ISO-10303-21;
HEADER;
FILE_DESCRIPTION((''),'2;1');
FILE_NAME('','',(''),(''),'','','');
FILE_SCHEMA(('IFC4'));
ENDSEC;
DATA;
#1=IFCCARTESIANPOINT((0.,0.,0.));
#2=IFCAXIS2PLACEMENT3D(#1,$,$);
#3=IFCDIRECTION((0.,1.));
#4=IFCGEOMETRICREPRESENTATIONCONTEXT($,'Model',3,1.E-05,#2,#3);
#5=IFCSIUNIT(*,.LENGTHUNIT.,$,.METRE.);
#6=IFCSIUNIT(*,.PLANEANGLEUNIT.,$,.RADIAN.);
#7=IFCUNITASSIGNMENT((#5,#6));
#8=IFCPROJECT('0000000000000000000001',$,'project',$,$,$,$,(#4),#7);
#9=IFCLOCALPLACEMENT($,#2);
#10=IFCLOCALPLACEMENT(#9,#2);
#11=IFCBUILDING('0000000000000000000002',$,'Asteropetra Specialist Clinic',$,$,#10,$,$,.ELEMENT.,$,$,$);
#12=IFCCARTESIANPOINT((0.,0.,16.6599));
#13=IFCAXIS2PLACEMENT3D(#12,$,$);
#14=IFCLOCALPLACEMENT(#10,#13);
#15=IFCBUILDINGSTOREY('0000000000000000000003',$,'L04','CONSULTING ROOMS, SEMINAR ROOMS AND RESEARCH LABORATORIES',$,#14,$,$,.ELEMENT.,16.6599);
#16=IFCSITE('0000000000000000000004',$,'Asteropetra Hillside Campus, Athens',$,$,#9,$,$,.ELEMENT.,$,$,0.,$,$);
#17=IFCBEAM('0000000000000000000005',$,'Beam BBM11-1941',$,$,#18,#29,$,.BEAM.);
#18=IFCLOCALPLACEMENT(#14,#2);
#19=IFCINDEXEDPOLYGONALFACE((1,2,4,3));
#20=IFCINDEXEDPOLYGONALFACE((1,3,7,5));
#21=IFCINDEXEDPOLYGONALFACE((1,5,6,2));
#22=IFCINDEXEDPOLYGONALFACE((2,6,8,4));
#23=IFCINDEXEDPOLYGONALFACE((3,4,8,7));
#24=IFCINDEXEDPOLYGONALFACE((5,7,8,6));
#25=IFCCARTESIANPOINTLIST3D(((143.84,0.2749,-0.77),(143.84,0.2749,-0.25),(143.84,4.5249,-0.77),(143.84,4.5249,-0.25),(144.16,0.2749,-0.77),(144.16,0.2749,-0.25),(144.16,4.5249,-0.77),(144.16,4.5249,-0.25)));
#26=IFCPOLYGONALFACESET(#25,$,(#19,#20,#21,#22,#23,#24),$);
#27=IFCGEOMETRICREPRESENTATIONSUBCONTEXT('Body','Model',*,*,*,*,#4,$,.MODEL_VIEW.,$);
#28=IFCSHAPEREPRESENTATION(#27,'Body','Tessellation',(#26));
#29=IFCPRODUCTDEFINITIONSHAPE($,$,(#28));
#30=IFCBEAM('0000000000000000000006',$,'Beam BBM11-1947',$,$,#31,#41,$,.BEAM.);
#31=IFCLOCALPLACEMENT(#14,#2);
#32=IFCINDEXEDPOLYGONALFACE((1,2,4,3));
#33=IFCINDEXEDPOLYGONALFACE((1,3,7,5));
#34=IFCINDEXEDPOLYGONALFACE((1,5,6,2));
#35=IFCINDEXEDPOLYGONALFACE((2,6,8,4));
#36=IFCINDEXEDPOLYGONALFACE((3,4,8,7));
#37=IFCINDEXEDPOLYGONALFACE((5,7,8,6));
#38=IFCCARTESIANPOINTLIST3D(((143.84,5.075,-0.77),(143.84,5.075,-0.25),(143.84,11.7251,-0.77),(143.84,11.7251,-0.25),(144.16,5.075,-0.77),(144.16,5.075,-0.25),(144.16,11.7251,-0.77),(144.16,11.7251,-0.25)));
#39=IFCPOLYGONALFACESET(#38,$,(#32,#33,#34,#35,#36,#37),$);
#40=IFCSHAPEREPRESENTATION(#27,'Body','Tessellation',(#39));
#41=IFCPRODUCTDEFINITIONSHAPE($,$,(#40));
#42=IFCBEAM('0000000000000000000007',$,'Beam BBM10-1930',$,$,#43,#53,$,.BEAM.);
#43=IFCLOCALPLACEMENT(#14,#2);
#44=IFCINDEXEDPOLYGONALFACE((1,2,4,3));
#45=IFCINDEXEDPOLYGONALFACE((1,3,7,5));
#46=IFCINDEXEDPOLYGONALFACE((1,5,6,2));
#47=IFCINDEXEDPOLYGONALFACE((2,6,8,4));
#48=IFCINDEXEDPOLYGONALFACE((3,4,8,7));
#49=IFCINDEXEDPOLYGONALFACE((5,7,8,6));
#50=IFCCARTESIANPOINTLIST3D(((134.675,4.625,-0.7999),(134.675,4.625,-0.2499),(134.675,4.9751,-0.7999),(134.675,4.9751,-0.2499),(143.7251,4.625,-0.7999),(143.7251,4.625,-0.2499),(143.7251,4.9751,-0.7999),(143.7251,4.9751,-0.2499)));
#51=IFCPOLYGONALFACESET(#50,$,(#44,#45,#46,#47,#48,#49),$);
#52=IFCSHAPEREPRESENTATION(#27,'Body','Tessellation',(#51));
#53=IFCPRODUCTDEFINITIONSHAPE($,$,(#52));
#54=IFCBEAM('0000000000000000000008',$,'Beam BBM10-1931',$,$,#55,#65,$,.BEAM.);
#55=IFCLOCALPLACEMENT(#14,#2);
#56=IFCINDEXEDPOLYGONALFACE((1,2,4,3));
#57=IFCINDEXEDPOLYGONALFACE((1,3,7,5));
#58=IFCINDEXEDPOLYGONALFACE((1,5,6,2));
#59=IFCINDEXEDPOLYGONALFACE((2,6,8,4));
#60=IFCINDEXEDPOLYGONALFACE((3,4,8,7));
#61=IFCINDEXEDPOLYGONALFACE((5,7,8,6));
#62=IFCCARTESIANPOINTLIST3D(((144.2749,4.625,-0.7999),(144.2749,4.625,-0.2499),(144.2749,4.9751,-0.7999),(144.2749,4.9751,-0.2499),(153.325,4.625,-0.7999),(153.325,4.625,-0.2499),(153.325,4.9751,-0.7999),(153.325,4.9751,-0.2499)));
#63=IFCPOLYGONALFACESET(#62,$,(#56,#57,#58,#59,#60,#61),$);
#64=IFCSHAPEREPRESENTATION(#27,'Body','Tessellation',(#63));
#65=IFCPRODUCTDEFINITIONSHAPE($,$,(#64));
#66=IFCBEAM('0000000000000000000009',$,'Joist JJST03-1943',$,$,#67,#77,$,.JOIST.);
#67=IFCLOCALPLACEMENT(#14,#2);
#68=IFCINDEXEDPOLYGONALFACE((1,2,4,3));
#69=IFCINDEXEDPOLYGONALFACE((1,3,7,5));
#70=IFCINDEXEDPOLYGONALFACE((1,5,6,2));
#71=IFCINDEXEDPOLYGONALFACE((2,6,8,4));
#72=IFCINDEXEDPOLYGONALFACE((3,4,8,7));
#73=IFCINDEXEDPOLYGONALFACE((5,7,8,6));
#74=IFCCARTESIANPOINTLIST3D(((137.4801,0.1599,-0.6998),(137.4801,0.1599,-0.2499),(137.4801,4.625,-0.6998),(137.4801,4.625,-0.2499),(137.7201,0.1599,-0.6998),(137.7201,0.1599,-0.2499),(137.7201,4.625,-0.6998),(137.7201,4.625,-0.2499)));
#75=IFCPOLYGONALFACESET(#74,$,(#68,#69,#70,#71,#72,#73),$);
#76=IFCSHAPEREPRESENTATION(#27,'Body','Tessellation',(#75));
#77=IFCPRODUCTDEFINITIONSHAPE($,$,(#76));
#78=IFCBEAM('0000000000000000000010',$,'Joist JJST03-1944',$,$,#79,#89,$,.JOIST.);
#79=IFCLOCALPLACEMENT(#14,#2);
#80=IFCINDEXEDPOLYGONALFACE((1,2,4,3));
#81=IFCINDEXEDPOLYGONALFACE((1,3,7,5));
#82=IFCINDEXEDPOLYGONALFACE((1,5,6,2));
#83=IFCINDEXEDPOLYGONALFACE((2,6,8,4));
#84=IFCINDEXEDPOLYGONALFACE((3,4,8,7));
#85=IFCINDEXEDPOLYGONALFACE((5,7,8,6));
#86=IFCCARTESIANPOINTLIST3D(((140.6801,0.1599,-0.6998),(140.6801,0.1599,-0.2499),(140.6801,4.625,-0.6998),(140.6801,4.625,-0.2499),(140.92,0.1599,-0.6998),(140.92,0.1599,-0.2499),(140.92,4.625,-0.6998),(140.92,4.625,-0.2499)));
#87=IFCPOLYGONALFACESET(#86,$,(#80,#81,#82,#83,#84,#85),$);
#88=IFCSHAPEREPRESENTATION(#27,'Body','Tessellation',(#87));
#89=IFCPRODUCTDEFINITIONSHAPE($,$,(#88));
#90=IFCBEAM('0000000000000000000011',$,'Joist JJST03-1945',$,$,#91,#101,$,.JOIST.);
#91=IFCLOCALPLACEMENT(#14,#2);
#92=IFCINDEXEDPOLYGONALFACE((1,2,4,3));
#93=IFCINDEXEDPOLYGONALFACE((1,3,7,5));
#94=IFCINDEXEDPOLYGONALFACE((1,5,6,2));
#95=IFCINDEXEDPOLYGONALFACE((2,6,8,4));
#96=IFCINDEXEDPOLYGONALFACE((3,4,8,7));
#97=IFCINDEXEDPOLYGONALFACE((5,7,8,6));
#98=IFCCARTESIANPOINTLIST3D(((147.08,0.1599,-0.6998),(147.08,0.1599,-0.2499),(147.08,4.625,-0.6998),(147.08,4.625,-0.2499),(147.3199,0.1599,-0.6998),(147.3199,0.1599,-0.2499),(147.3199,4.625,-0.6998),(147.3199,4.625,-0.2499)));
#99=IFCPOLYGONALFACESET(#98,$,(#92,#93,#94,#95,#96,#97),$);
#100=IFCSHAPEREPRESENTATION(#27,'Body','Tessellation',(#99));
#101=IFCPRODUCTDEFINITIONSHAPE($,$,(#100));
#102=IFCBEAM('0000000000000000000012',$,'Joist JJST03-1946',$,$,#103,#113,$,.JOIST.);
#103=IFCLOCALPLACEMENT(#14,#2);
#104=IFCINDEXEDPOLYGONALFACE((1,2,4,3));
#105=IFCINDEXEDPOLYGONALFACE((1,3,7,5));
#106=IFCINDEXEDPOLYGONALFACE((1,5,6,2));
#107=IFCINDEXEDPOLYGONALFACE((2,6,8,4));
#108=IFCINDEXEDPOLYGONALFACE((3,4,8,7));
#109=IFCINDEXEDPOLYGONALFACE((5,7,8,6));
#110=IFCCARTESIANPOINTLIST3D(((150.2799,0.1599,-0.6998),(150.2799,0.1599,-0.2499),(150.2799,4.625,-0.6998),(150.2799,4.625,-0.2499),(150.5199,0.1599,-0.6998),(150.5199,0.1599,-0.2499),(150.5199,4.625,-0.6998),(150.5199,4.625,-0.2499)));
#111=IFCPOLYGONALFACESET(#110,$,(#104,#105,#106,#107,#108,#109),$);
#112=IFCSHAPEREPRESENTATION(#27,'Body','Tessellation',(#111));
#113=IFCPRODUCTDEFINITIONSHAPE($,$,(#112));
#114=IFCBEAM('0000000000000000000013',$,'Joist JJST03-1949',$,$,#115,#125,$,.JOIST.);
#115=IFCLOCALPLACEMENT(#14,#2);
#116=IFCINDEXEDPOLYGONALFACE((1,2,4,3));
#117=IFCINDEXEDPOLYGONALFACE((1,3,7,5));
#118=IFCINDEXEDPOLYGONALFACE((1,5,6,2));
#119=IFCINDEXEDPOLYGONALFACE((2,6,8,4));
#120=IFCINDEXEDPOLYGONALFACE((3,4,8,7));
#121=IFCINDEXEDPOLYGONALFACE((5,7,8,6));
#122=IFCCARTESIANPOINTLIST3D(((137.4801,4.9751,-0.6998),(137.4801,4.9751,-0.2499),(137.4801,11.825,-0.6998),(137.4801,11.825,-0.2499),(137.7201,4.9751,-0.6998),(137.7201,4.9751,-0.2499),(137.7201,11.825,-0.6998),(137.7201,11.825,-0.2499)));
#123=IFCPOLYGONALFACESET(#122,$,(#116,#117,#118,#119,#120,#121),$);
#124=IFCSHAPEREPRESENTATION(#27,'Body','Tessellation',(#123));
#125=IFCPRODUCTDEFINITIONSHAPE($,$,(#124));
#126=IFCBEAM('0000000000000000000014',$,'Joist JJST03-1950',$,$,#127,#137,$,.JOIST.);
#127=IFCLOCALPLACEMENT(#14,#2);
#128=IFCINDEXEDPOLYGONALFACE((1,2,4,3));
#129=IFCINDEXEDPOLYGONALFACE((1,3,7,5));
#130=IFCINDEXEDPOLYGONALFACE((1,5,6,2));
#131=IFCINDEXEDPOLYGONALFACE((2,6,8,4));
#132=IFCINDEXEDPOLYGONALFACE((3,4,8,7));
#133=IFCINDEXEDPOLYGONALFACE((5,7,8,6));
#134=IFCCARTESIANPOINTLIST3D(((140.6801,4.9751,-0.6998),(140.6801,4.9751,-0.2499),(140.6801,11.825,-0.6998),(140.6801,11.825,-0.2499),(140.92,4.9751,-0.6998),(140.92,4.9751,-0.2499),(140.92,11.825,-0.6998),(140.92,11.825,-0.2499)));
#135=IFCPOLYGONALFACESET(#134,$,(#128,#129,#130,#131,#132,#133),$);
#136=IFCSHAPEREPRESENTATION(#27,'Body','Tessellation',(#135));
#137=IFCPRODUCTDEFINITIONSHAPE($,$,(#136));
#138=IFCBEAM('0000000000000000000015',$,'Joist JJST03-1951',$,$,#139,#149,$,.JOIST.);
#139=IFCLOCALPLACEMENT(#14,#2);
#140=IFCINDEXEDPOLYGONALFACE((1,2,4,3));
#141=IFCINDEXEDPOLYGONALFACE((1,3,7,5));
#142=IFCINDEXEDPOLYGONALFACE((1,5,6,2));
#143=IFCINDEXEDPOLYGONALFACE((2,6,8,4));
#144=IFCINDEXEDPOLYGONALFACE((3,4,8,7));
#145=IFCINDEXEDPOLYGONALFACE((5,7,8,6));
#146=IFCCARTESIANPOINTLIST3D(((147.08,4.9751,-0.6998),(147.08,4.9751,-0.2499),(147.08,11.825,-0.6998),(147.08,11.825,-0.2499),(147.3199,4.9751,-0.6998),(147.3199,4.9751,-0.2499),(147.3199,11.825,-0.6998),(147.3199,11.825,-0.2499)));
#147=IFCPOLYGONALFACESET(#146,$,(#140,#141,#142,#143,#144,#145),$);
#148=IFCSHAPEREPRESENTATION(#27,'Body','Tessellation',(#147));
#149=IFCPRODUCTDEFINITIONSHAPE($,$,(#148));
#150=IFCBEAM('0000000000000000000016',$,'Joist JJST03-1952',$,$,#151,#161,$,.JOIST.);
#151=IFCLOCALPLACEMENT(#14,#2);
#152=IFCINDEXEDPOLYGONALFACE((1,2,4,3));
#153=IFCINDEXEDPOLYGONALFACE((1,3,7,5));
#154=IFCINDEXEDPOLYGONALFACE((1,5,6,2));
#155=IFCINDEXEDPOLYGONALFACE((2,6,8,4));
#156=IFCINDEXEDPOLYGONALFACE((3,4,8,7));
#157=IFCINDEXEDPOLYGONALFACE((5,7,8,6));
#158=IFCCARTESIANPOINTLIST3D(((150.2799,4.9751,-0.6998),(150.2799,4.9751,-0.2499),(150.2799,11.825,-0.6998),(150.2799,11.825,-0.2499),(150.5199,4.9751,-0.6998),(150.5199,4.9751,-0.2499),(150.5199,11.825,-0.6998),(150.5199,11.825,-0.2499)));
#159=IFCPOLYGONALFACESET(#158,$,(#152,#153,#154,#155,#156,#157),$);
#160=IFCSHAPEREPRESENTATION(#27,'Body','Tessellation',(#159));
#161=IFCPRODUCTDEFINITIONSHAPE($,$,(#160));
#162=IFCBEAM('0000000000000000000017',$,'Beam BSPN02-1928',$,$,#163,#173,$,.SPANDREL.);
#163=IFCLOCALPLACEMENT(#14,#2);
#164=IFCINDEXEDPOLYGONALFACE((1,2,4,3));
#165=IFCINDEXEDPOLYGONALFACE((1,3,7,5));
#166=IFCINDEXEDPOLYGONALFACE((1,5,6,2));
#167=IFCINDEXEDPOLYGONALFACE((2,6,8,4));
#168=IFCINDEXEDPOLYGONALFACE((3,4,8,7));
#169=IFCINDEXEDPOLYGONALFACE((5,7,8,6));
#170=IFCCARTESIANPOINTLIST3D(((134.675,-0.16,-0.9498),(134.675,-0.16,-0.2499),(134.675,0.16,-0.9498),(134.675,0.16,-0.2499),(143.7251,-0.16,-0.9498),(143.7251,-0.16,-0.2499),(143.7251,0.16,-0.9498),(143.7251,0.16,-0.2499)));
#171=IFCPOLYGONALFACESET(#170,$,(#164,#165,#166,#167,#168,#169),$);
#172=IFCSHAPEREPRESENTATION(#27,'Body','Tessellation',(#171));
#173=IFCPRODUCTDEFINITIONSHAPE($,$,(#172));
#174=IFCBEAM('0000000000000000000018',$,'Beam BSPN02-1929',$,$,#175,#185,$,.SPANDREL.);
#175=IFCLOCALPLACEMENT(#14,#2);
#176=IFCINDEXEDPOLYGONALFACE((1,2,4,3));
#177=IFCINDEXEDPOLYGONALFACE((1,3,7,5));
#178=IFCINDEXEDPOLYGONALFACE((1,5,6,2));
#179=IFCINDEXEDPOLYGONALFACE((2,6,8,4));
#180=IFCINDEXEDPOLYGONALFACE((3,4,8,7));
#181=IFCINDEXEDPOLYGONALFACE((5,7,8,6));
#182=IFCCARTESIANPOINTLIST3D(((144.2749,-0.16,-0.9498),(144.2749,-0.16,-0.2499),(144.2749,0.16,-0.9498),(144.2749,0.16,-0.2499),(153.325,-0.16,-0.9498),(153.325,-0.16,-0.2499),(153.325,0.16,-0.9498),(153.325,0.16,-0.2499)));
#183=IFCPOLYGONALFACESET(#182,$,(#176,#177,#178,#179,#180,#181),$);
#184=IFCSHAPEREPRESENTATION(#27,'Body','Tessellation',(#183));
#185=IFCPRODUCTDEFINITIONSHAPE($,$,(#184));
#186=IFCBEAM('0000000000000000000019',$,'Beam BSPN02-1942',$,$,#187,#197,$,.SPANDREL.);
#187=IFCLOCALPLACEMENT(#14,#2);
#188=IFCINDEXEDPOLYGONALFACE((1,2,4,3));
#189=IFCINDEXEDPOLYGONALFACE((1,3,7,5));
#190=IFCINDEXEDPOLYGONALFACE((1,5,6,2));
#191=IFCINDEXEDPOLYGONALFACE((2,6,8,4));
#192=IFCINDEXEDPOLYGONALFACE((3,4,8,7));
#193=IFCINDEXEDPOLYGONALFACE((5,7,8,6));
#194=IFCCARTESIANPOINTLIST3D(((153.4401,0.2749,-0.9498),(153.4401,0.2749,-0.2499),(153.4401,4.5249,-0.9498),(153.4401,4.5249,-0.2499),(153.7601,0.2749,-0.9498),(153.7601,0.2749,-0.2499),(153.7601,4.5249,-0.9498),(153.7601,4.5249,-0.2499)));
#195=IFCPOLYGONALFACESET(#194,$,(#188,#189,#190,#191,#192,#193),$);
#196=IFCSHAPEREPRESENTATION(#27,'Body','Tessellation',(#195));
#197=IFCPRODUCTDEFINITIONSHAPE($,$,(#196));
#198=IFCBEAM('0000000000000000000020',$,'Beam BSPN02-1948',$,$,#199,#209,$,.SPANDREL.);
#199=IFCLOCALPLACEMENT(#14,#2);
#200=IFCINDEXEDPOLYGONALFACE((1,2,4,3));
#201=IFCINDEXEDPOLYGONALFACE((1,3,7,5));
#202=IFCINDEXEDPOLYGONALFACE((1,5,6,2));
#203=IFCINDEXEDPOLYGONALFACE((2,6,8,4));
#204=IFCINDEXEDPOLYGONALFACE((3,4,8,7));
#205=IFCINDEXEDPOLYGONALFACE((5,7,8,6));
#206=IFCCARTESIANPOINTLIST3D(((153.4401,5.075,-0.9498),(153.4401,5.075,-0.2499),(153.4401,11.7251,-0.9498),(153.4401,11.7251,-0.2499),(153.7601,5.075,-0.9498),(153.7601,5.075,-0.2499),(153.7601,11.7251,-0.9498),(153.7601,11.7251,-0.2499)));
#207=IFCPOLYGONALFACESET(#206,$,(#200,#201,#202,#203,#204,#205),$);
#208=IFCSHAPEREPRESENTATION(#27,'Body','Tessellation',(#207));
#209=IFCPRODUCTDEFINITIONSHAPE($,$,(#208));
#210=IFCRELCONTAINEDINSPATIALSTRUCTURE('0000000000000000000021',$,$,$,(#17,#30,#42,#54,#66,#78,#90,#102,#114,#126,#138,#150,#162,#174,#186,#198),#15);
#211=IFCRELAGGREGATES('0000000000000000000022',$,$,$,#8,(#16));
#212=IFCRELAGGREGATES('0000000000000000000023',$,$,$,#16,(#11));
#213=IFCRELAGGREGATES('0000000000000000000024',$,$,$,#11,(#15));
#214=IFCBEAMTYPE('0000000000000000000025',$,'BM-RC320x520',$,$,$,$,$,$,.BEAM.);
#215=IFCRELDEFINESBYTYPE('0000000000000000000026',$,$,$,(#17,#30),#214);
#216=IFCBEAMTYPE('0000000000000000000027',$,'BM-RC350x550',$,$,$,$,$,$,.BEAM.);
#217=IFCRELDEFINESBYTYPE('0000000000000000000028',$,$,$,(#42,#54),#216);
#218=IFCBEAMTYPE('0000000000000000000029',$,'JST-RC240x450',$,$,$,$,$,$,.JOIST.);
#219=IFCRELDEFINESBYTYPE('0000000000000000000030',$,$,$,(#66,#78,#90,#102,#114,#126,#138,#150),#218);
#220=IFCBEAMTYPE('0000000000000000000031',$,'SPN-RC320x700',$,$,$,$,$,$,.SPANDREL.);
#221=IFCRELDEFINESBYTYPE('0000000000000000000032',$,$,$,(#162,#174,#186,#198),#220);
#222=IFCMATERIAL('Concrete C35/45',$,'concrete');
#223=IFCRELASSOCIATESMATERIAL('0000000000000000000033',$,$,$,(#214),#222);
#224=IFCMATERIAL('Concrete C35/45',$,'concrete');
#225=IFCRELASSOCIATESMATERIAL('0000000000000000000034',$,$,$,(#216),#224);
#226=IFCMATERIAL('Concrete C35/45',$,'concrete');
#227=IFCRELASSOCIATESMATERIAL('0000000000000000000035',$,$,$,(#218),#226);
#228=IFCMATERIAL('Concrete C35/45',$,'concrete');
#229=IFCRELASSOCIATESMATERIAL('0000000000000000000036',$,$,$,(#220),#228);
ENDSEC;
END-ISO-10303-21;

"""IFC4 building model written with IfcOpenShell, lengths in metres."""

from ifc_helpers import new_model, si_unit, direction, frame, origin, origin_2d, place, context, subcontext, project, spatial, rectangle, extrude, material, material_profile, profile_set, type_object, element, save


model = new_model("IFC4")

# Units and contexts
model_context = context("Model", 3, precision=1e-05, world=origin(), true_north=direction((0.0, 1.0)))
body_context = subcontext(model_context, "Body", "Model", "MODEL_VIEW")
ifc_project = project(units=[si_unit("LENGTHUNIT", "METRE"), si_unit("PLANEANGLEUNIT", "RADIAN")], contexts=[model_context])

# Site, building, storey
site_placement = place(None, origin())
site = spatial("IfcSite", under=ifc_project, at=site_placement, Name="Asteropetra Hillside Campus, Athens", CompositionType="ELEMENT", RefElevation=0.0)
building_placement = place(site_placement, origin())
building = spatial("IfcBuilding", under=site, at=building_placement, Name="Asteropetra Specialist Clinic", CompositionType="ELEMENT")
storey_placement = place(building_placement, frame((0.0, 0.0, 16.6599)))
storey = spatial("IfcBuildingStorey", under=building, at=storey_placement, Name="L04", Description="CONSULTING ROOMS, SEMINAR ROOMS AND RESEARCH LABORATORIES", CompositionType="ELEMENT", Elevation=16.6599)

# Beams
ifc_material_1 = material(Name="Concrete C35/45", Category="concrete")
ifc_material_profile_1 = material_profile(ifc_material_1, rectangle(XDim=0.3201, YDim=0.52, at=origin_2d()), Name="RCB 320x520")
ifc_profile_set_1 = profile_set([ifc_material_profile_1], Name="Concrete C35/45")
beam_type_1 = type_object("IfcBeamType", Name="BM-RC320x520", PredefinedType="BEAM", material=ifc_profile_set_1)
beam_1_placement = place(storey_placement, frame((144.0, 0.2749, -0.51), z_axis=(0.0, 1.0, 0.0), x_axis=(-1.0, 0.0, 0.0)))
element("IfcBeam", 1, at=beam_1_placement, inside=storey, type_object=beam_type_1, Name="Beam BBM11-1941", PredefinedType="BEAM", context=body_context, shape_type="SweptSolid", body=[
    extrude(rectangle(XDim=0.3201, YDim=0.52, at=origin_2d()), origin(), (0.0, 0.0, 1.0), 4.25),
])
beam_2_placement = place(storey_placement, frame((144.0, 5.075, -0.51), z_axis=(0.0, 1.0, 0.0), x_axis=(-1.0, 0.0, 0.0)))
element("IfcBeam", 2, at=beam_2_placement, inside=storey, type_object=beam_type_1, Name="Beam BBM11-1947", PredefinedType="BEAM", context=body_context, shape_type="SweptSolid", body=[
    extrude(rectangle(XDim=0.3201, YDim=0.52, at=origin_2d()), origin(), (0.0, 0.0, 1.0), 6.6501),
])
ifc_material_2 = material(Name="Concrete C35/45", Category="concrete")
ifc_material_profile_2 = material_profile(ifc_material_2, rectangle(XDim=0.3501, YDim=0.55, at=origin_2d()), Name="RCB 350x550")
ifc_profile_set_2 = profile_set([ifc_material_profile_2], Name="Concrete C35/45")
beam_type_2 = type_object("IfcBeamType", Name="BM-RC350x550", PredefinedType="BEAM", material=ifc_profile_set_2)
for number, where, z_axis, x_axis, name in (
    (3, (134.675, 4.8, -0.5249), (1.0, 0.0, 0.0), (0.0, 1.0, 0.0), "Beam BBM10-1930"),
    (4, (144.2749, 4.8, -0.5249), (1.0, 0.0, 0.0), (0.0, 1.0, 0.0), "Beam BBM10-1931"),
):
    element("IfcBeam", number, at=place(storey_placement, frame(where, z_axis=z_axis, x_axis=x_axis)), inside=storey, type_object=beam_type_2, Name=name, PredefinedType="BEAM", context=body_context, shape_type="SweptSolid", body=[
        extrude(rectangle(XDim=0.3501, YDim=0.55, at=origin_2d()), origin(), (0.0, 0.0, 1.0), 9.05),
    ])
ifc_material_3 = material(Name="Concrete C35/45", Category="concrete")
ifc_material_profile_3 = material_profile(ifc_material_3, rectangle(XDim=0.24, YDim=0.45, at=origin_2d()), Name="RCJ 240x450")
ifc_profile_set_3 = profile_set([ifc_material_profile_3], Name="Concrete C35/45")
beam_type_3 = type_object("IfcBeamType", Name="JST-RC240x450", PredefinedType="JOIST", material=ifc_profile_set_3)
for number, where, z_axis, x_axis, name in (
    (5, (137.6001, 0.1599, -0.4749), (0.0, 1.0, 0.0), (-1.0, 0.0, 0.0), "Joist JJST03-1943"),
    (6, (140.8, 0.1599, -0.4749), (0.0, 1.0, 0.0), (-1.0, 0.0, 0.0), "Joist JJST03-1944"),
    (7, (147.2, 0.1599, -0.4749), (0.0, 1.0, 0.0), (-1.0, 0.0, 0.0), "Joist JJST03-1945"),
    (8, (150.3999, 0.1599, -0.4749), (0.0, 1.0, 0.0), (-1.0, 0.0, 0.0), "Joist JJST03-1946"),
):
    element("IfcBeam", number, at=place(storey_placement, frame(where, z_axis=z_axis, x_axis=x_axis)), inside=storey, type_object=beam_type_3, Name=name, PredefinedType="JOIST", context=body_context, shape_type="SweptSolid", body=[
        extrude(rectangle(XDim=0.24, YDim=0.45, at=origin_2d()), origin(), (0.0, 0.0, 1.0), 4.4651),
    ])
for number, where, z_axis, x_axis, name in (
    (9, (137.6001, 4.9751, -0.4749), (0.0, 1.0, 0.0), (-1.0, 0.0, 0.0), "Joist JJST03-1949"),
    (10, (140.8, 4.9751, -0.4749), (0.0, 1.0, 0.0), (-1.0, 0.0, 0.0), "Joist JJST03-1950"),
    (11, (147.2, 4.9751, -0.4749), (0.0, 1.0, 0.0), (-1.0, 0.0, 0.0), "Joist JJST03-1951"),
    (12, (150.3999, 4.9751, -0.4749), (0.0, 1.0, 0.0), (-1.0, 0.0, 0.0), "Joist JJST03-1952"),
):
    element("IfcBeam", number, at=place(storey_placement, frame(where, z_axis=z_axis, x_axis=x_axis)), inside=storey, type_object=beam_type_3, Name=name, PredefinedType="JOIST", context=body_context, shape_type="SweptSolid", body=[
        extrude(rectangle(XDim=0.24, YDim=0.45, at=origin_2d()), origin(), (0.0, 0.0, 1.0), 6.8499),
    ])
ifc_material_4 = material(Name="Concrete C35/45", Category="concrete")
ifc_material_profile_4 = material_profile(ifc_material_4, rectangle(XDim=0.3201, YDim=0.7, at=origin_2d()), Name="RCS 320x700")
ifc_profile_set_4 = profile_set([ifc_material_profile_4], Name="Concrete C35/45")
beam_type_4 = type_object("IfcBeamType", Name="SPN-RC320x700", PredefinedType="SPANDREL", material=ifc_profile_set_4)
for number, where, z_axis, x_axis, name in (
    (13, (134.675, 0.0, -0.5999), (1.0, 0.0, 0.0), (0.0, 1.0, 0.0), "Beam BSPN02-1928"),
    (14, (144.2749, 0.0, -0.5999), (1.0, 0.0, 0.0), (0.0, 1.0, 0.0), "Beam BSPN02-1929"),
):
    element("IfcBeam", number, at=place(storey_placement, frame(where, z_axis=z_axis, x_axis=x_axis)), inside=storey, type_object=beam_type_4, Name=name, PredefinedType="SPANDREL", context=body_context, shape_type="SweptSolid", body=[
        extrude(rectangle(XDim=0.3201, YDim=0.7, at=origin_2d()), origin(), (0.0, 0.0, 1.0), 9.05),
    ])
beam_3_placement = place(storey_placement, frame((153.6001, 0.2749, -0.5999), z_axis=(0.0, 1.0, 0.0), x_axis=(-1.0, 0.0, 0.0)))
element("IfcBeam", 15, at=beam_3_placement, inside=storey, type_object=beam_type_4, Name="Beam BSPN02-1942", PredefinedType="SPANDREL", context=body_context, shape_type="SweptSolid", body=[
    extrude(rectangle(XDim=0.3201, YDim=0.7, at=origin_2d()), origin(), (0.0, 0.0, 1.0), 4.25),
])
beam_4_placement = place(storey_placement, frame((153.6001, 5.075, -0.5999), z_axis=(0.0, 1.0, 0.0), x_axis=(-1.0, 0.0, 0.0)))
element("IfcBeam", 16, at=beam_4_placement, inside=storey, type_object=beam_type_4, Name="Beam BSPN02-1948", PredefinedType="SPANDREL", context=body_context, shape_type="SweptSolid", body=[
    extrude(rectangle(XDim=0.3201, YDim=0.7, at=origin_2d()), origin(), (0.0, 0.0, 1.0), 6.6501),
])

save(model, "model.ifc")
